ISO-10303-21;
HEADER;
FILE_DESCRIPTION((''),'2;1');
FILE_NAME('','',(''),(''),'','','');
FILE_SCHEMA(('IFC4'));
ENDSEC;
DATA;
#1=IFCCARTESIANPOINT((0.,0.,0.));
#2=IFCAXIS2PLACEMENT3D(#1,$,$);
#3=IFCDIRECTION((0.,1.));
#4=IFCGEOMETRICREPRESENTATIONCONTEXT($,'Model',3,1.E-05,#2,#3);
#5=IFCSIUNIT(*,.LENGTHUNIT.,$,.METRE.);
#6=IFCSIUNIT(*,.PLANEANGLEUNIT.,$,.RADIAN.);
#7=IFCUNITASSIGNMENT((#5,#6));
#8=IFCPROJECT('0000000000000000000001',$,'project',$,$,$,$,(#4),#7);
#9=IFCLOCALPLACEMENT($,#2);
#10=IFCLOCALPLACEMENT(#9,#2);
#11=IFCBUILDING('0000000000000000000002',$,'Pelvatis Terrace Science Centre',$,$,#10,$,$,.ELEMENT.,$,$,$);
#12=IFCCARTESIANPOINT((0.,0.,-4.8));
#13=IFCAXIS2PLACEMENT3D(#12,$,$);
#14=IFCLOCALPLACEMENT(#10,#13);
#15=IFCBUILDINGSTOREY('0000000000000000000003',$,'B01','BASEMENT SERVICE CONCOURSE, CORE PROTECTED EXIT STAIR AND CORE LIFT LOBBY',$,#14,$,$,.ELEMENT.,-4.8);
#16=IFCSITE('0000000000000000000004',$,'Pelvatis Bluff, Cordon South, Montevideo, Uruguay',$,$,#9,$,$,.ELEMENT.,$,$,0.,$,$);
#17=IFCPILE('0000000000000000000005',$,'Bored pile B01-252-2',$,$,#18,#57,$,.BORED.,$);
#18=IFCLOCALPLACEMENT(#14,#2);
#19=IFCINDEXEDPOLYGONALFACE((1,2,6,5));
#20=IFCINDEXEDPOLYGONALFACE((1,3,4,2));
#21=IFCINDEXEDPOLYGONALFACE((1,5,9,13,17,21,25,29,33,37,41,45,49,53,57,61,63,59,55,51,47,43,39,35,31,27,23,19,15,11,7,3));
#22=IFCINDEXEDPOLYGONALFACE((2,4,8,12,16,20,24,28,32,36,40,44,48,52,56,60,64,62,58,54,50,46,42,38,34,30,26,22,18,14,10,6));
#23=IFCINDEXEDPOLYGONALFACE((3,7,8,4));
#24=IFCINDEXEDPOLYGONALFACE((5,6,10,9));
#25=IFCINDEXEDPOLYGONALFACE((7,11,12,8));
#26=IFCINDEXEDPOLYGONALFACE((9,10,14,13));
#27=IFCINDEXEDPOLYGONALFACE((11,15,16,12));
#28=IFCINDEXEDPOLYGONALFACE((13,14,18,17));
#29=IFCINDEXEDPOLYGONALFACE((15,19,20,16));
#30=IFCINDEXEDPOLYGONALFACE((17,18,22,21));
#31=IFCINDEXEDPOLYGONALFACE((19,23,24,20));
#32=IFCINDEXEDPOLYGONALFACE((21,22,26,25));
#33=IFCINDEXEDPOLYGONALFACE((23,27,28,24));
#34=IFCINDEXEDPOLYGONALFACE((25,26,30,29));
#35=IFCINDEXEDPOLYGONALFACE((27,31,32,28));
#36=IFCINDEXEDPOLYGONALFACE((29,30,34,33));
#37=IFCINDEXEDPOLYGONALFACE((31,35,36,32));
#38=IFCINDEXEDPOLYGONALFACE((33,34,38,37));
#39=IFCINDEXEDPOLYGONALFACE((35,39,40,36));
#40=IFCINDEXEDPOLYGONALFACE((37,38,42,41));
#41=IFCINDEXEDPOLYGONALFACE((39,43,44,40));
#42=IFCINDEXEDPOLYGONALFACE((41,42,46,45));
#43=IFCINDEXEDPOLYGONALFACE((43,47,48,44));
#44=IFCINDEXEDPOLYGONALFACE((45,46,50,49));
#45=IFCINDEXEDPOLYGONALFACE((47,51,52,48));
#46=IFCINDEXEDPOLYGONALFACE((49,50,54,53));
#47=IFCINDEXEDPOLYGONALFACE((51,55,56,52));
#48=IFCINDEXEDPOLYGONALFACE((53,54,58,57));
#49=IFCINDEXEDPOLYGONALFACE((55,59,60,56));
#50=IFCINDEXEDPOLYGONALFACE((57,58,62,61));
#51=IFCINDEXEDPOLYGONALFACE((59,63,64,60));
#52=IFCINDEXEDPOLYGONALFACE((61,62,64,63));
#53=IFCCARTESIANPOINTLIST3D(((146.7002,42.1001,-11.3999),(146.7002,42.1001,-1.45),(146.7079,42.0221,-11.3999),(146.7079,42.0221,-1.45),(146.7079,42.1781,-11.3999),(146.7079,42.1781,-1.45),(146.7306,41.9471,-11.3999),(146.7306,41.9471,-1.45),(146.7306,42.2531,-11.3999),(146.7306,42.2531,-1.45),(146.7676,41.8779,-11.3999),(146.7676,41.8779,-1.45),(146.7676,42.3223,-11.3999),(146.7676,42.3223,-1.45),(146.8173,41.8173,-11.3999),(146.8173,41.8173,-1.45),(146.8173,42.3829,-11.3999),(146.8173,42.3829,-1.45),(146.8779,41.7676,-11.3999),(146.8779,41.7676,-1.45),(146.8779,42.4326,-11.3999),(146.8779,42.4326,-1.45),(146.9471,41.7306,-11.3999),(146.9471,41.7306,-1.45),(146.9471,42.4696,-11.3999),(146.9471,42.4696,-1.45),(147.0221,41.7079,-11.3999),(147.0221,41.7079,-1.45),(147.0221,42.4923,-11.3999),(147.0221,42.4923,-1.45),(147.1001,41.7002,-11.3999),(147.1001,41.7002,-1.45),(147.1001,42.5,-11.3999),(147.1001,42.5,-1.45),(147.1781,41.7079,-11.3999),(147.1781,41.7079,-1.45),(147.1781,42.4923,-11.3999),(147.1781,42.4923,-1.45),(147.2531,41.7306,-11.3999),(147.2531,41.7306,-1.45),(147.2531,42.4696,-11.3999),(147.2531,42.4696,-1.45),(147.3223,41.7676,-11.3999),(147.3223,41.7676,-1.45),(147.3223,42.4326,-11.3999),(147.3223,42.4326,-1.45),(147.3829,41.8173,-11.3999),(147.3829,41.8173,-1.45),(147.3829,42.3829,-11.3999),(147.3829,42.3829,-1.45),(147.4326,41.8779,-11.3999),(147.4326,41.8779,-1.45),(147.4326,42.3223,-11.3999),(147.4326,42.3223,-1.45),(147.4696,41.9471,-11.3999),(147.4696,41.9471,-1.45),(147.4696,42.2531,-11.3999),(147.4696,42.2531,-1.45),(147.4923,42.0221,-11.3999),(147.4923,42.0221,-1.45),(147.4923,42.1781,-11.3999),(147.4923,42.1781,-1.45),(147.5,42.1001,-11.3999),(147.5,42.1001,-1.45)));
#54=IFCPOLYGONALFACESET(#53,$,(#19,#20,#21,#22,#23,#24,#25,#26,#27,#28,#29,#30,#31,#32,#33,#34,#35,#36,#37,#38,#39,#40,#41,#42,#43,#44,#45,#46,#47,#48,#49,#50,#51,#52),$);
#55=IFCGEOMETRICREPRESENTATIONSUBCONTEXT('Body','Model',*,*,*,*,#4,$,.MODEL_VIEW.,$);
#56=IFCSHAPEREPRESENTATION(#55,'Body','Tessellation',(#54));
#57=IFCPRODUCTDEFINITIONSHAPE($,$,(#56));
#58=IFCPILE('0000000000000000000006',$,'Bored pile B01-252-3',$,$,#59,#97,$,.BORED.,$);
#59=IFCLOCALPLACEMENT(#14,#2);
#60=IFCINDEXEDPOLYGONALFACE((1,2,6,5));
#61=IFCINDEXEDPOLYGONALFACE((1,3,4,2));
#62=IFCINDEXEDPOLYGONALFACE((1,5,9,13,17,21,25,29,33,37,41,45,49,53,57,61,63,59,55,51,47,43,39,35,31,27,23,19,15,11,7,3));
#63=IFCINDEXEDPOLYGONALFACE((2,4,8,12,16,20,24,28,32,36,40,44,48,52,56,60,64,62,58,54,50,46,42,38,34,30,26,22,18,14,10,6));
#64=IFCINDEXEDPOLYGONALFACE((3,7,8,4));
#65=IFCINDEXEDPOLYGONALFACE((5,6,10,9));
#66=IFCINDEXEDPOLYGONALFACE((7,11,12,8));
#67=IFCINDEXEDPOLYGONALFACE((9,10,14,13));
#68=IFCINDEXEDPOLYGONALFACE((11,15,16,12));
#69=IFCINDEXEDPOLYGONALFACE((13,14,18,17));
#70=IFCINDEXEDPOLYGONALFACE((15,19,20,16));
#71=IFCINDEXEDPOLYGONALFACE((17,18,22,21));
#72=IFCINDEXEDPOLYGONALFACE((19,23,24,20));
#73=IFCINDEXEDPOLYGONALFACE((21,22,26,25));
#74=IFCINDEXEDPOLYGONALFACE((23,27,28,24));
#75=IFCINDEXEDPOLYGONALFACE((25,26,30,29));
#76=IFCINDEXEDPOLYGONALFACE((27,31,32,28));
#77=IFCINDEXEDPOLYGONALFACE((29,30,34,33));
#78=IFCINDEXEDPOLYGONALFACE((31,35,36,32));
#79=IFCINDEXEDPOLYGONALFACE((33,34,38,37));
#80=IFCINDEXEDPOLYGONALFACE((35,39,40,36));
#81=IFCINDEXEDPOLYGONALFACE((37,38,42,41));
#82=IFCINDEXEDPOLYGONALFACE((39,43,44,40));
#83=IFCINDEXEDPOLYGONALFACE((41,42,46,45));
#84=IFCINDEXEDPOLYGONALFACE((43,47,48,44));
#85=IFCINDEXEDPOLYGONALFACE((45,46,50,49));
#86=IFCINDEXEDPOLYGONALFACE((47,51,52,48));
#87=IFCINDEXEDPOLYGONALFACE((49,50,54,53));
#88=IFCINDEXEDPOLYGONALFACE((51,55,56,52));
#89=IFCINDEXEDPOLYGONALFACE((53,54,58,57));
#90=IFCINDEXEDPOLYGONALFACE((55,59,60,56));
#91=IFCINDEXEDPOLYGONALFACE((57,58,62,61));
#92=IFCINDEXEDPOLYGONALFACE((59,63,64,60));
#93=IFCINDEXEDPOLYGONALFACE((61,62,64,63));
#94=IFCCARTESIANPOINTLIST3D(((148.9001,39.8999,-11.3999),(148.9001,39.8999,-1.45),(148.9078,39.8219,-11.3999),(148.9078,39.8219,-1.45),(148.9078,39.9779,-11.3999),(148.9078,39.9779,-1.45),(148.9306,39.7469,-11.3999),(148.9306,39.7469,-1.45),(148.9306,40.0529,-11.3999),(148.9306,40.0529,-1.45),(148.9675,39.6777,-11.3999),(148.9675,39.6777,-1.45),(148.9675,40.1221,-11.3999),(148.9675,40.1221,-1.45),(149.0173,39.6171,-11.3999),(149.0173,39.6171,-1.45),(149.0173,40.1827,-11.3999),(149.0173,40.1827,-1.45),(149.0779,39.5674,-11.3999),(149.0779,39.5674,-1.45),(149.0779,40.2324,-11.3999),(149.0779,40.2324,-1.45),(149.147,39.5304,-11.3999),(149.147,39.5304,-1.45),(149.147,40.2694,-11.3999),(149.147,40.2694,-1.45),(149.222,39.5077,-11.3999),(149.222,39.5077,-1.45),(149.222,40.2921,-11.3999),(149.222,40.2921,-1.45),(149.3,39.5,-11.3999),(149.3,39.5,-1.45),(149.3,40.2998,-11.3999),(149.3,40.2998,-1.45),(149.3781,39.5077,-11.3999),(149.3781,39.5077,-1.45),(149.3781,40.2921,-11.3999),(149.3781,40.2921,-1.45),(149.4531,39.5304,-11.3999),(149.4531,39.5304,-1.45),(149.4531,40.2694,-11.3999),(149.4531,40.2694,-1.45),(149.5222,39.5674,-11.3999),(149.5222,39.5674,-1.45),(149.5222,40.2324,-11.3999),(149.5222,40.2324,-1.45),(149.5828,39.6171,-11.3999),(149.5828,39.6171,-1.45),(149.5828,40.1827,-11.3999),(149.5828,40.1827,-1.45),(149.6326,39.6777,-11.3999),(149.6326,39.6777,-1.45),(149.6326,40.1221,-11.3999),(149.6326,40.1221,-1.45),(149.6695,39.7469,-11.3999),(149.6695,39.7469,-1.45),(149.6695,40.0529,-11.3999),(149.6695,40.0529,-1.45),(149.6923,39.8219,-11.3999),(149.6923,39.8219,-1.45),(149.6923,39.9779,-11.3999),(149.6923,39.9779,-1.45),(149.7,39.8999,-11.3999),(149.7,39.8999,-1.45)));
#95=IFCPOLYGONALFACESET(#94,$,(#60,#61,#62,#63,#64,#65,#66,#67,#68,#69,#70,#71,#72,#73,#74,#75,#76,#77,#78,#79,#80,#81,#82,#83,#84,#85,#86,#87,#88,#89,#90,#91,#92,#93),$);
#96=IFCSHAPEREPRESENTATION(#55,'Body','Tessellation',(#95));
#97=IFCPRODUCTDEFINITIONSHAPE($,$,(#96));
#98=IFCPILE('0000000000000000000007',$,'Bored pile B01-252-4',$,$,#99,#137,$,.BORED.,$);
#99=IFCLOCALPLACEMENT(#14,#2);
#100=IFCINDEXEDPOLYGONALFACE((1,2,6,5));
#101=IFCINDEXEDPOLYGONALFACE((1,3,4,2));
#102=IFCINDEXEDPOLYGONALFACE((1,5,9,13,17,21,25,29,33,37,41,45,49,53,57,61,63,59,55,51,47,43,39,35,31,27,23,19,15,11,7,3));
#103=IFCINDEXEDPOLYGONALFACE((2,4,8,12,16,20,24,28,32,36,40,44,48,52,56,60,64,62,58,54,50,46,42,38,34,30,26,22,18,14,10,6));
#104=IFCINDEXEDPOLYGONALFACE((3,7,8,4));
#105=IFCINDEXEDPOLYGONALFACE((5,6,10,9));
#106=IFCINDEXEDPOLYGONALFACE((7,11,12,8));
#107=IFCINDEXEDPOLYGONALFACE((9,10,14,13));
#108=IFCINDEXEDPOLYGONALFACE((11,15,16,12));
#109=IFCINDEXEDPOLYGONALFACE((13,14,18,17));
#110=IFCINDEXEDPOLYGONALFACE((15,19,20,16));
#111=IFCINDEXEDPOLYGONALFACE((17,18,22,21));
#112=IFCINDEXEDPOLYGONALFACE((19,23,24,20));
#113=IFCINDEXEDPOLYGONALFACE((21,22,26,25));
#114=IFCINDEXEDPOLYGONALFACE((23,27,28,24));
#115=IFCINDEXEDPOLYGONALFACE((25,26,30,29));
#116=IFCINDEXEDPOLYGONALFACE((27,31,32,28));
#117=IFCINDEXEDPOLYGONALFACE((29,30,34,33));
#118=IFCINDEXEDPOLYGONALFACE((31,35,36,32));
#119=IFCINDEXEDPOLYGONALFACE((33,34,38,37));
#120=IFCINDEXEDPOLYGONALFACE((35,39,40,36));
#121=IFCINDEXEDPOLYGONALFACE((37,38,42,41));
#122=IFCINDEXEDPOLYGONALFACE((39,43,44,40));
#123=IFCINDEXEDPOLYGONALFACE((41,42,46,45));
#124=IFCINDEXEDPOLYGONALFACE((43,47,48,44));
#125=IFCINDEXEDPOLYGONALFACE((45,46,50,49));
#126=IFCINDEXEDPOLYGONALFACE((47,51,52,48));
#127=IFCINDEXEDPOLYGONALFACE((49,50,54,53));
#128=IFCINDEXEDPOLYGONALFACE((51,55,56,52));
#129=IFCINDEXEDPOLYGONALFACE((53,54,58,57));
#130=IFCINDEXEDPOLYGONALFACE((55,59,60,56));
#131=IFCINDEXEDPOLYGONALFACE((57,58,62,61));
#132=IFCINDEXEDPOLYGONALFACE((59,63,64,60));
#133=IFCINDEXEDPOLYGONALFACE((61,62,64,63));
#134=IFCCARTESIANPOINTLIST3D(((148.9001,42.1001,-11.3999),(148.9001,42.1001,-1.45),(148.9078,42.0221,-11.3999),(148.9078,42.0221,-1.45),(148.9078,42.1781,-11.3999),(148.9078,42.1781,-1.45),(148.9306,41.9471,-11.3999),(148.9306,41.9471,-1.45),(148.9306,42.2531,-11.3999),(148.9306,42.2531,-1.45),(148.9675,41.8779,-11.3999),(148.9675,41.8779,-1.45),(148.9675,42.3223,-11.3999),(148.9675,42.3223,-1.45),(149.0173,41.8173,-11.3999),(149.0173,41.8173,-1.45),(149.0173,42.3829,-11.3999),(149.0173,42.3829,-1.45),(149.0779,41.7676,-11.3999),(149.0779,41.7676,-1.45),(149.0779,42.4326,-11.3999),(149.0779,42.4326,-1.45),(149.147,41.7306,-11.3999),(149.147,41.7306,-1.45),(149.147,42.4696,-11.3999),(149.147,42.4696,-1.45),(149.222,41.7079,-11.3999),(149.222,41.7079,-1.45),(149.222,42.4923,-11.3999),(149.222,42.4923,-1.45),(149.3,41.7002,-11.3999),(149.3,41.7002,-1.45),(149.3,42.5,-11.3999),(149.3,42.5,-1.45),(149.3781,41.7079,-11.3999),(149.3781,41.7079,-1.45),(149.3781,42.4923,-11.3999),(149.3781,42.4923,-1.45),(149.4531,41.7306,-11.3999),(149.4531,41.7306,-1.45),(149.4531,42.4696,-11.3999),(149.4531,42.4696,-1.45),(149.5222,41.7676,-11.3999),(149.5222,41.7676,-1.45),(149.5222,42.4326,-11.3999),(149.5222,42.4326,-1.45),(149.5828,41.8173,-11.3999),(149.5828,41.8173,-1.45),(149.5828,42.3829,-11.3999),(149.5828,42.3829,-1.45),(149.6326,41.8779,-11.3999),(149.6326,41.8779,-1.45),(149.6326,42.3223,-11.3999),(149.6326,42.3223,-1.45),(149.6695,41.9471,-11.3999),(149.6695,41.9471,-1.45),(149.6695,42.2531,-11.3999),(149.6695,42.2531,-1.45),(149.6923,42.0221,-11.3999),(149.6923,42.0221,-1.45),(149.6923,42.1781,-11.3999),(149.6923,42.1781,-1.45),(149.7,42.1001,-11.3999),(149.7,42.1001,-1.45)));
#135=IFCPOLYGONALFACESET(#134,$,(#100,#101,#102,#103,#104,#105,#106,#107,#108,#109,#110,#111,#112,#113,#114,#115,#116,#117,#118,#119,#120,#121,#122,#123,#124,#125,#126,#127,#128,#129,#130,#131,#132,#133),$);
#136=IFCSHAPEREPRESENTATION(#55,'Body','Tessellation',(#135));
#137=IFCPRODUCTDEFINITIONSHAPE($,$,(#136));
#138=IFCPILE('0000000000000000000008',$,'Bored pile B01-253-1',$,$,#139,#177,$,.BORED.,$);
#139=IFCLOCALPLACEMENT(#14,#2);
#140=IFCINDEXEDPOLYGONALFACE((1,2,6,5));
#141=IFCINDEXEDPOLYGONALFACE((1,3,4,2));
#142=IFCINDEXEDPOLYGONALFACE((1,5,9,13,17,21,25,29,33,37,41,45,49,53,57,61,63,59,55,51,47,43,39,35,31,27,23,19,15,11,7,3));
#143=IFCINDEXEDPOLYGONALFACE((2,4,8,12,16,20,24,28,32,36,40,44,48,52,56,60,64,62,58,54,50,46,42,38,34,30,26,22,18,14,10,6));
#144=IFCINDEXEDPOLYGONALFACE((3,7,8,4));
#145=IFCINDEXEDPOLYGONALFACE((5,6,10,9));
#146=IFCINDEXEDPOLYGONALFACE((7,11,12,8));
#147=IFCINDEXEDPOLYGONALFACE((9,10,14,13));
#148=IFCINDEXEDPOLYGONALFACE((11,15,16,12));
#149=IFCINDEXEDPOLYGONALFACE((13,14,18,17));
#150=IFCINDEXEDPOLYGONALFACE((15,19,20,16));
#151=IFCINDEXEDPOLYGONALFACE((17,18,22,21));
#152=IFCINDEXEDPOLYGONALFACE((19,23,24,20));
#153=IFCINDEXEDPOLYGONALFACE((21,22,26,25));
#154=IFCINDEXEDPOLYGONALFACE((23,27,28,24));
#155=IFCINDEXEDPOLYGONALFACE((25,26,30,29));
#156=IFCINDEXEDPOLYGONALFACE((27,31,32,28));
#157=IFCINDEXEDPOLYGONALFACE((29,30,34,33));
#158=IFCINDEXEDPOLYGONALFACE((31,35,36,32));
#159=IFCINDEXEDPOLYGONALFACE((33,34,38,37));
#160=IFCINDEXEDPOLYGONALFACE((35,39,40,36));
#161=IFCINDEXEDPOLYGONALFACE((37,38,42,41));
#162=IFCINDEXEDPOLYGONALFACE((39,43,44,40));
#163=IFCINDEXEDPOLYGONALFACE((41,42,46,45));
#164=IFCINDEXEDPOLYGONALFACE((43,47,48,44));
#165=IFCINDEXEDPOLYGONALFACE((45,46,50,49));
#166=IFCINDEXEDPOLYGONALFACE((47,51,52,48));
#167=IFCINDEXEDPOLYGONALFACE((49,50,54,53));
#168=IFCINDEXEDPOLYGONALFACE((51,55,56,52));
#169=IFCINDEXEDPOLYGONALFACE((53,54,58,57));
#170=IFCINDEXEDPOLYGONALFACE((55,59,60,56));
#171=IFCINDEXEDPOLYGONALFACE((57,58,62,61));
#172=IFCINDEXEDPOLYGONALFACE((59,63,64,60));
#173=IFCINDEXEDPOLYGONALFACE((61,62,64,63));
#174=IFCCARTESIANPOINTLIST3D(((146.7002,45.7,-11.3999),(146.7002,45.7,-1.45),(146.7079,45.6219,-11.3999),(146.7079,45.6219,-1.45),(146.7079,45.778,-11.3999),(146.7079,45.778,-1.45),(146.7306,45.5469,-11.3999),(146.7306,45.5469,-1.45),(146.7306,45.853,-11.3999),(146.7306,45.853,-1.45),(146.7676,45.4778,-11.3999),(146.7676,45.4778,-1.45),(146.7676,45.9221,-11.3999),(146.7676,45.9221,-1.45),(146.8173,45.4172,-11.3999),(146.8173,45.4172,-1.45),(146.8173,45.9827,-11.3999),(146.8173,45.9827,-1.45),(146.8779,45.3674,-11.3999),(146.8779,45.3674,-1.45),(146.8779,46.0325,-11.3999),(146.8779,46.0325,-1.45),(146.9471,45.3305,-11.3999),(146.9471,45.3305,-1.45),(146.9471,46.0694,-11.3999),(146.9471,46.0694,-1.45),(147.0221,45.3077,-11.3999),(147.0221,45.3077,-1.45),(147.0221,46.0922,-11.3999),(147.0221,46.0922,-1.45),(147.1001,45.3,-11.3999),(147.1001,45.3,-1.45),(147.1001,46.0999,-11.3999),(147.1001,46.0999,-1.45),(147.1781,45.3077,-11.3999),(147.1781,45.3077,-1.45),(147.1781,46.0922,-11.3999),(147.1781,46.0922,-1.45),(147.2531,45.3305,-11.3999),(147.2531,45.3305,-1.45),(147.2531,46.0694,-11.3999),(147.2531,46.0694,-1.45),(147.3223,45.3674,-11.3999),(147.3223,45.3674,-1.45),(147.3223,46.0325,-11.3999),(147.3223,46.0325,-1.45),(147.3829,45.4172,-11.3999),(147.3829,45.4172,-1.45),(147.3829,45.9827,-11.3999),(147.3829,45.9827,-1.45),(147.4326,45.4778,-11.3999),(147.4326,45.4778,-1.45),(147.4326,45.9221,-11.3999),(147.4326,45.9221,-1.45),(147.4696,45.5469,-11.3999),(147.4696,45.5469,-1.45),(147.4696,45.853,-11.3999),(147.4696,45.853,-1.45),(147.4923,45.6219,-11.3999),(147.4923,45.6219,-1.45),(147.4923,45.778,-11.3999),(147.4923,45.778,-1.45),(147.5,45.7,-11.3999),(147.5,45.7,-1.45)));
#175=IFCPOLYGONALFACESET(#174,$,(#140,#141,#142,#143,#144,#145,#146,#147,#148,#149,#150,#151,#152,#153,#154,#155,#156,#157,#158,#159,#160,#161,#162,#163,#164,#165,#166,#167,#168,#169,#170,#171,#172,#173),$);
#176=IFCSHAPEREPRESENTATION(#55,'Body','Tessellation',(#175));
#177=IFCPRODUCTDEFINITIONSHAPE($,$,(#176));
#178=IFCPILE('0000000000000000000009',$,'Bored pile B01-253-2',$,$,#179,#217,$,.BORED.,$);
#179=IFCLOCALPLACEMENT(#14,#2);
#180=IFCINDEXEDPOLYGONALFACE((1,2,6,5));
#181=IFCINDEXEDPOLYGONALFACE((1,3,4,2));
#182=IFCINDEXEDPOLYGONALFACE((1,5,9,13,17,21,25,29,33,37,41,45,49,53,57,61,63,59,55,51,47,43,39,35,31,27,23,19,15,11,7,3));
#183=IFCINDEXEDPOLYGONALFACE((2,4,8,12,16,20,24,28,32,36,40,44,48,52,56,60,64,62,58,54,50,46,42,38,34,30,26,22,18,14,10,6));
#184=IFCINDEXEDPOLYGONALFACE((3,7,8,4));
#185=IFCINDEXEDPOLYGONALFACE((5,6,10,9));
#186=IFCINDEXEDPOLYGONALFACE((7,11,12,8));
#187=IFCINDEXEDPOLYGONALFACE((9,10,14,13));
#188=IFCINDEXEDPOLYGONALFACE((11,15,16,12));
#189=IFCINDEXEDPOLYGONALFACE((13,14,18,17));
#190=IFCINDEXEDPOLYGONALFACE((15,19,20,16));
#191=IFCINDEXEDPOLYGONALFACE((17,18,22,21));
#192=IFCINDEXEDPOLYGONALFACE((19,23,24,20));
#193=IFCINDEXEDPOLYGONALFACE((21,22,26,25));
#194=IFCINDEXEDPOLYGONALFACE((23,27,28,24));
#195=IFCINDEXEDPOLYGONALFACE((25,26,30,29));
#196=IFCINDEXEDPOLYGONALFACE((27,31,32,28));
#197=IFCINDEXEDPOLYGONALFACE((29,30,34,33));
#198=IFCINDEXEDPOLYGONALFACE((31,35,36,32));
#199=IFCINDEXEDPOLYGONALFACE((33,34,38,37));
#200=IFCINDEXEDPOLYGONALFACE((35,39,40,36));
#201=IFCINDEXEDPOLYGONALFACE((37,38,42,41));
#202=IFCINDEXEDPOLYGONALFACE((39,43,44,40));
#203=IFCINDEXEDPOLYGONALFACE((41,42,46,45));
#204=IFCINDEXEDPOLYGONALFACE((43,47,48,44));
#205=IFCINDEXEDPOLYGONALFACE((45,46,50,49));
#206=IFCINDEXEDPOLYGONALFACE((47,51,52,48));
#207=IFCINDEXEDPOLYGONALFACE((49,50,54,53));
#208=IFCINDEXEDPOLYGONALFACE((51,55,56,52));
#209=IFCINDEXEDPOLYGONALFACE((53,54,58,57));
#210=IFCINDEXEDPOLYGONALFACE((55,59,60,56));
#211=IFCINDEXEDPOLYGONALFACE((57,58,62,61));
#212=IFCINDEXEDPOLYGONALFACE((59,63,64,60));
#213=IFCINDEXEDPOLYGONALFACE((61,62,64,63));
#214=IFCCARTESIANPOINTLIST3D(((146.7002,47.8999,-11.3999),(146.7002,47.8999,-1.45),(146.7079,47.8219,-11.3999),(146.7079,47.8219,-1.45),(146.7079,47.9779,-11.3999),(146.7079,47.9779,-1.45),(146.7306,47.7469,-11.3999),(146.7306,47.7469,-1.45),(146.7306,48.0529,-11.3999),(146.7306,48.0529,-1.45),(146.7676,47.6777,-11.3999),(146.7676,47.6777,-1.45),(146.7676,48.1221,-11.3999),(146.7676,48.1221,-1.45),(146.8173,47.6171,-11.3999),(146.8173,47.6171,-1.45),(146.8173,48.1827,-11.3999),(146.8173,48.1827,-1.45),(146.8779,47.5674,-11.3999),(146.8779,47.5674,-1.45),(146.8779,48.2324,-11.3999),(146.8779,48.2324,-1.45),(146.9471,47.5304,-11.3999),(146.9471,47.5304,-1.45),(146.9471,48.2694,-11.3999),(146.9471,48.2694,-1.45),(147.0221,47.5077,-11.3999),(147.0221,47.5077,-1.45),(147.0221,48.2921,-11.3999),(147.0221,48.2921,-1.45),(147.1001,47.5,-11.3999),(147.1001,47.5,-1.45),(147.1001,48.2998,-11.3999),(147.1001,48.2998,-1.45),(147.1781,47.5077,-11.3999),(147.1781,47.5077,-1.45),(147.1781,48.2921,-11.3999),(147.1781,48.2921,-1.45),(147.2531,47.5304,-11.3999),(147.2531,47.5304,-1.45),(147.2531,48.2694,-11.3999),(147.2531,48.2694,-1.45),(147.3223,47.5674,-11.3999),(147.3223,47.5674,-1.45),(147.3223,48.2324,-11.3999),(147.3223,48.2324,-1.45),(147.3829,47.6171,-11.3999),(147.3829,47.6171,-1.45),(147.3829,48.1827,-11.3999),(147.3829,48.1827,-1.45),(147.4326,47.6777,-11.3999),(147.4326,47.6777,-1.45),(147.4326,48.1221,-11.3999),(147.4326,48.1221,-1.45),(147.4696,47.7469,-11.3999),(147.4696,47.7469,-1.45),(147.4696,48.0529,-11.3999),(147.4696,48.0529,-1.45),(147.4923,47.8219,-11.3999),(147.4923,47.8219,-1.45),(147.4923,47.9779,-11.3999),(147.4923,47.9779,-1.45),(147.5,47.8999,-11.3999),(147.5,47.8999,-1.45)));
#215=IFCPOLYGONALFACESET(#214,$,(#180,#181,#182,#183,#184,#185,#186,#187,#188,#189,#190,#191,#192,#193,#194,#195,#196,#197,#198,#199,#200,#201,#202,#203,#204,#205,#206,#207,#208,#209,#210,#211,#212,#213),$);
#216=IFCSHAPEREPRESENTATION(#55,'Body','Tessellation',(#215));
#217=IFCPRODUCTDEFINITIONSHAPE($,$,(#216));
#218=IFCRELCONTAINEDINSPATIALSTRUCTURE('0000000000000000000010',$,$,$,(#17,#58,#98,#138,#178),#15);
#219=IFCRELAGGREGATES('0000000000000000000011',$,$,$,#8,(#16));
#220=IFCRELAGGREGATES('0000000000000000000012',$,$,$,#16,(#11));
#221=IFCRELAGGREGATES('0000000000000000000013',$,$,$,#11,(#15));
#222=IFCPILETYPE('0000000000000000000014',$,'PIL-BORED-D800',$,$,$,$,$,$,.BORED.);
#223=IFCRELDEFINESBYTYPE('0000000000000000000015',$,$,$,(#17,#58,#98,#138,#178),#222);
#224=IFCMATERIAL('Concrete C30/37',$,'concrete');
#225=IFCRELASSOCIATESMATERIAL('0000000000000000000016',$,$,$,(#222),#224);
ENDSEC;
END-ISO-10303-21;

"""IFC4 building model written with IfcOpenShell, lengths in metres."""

from ifc_helpers import new_model, si_unit, direction, frame, origin, origin_2d, place, context, subcontext, project, spatial, circle, extrude, material, material_profile, profile_set, type_object, element, save


model = new_model("IFC4")

# Units and contexts
model_context = context("Model", 3, precision=1e-05, world=origin(), true_north=direction((0.0, 1.0)))
body_context = subcontext(model_context, "Body", "Model", "MODEL_VIEW")
ifc_project = project(units=[si_unit("LENGTHUNIT", "METRE"), si_unit("PLANEANGLEUNIT", "RADIAN")], contexts=[model_context])

# Site, building, storey
site_placement = place(None, origin())
site = spatial("IfcSite", under=ifc_project, at=site_placement, Name="Pelvatis Bluff, Cordon South, Montevideo, Uruguay", CompositionType="ELEMENT", RefElevation=0.0)
building_placement = place(site_placement, origin())
building = spatial("IfcBuilding", under=site, at=building_placement, Name="Pelvatis Terrace Science Centre", CompositionType="ELEMENT")
storey_placement = place(building_placement, frame((0.0, 0.0, -4.8)))
storey = spatial("IfcBuildingStorey", under=building, at=storey_placement, Name="B01", Description="BASEMENT SERVICE CONCOURSE, CORE PROTECTED EXIT STAIR AND CORE LIFT LOBBY", CompositionType="ELEMENT", Elevation=-4.8)

# Piles
ifc_material_1 = material(Name="Concrete C30/37", Category="concrete")
ifc_material_profile_1 = material_profile(ifc_material_1, circle(Radius=0.3999, at=origin_2d()), Name="PILE D800")
ifc_profile_set_1 = profile_set([ifc_material_profile_1], Name="Concrete C30/37")
pile_type = type_object("IfcPileType", Name="PIL-BORED-D800", PredefinedType="BORED", material=ifc_profile_set_1)
for number, where, z_axis, x_axis, name in (
    (1, (147.1001, 42.1001, -1.45), (0.0, 0.0, -1.0), (1.0, 0.0, 0.0), "Bored pile B01-252-2"),
    (2, (149.3, 39.8999, -1.45), (0.0, 0.0, -1.0), (1.0, 0.0, 0.0), "Bored pile B01-252-3"),
    (3, (149.3, 42.1001, -1.45), (0.0, 0.0, -1.0), (1.0, 0.0, 0.0), "Bored pile B01-252-4"),
    (4, (147.1001, 45.7, -1.45), (0.0, 0.0, -1.0), (1.0, 0.0, 0.0), "Bored pile B01-253-1"),
    (5, (147.1001, 47.8999, -1.45), (0.0, 0.0, -1.0), (1.0, 0.0, 0.0), "Bored pile B01-253-2"),
):
    element("IfcPile", number, at=place(storey_placement, frame(where, z_axis=z_axis, x_axis=x_axis)), inside=storey, type_object=pile_type, Name=name, PredefinedType="BORED", context=body_context, shape_type="SweptSolid", body=[
        extrude(circle(Radius=0.3999, at=origin_2d()), origin(), (0.0, 0.0, 1.0), 9.95),
    ])

save(model, "model.ifc")
